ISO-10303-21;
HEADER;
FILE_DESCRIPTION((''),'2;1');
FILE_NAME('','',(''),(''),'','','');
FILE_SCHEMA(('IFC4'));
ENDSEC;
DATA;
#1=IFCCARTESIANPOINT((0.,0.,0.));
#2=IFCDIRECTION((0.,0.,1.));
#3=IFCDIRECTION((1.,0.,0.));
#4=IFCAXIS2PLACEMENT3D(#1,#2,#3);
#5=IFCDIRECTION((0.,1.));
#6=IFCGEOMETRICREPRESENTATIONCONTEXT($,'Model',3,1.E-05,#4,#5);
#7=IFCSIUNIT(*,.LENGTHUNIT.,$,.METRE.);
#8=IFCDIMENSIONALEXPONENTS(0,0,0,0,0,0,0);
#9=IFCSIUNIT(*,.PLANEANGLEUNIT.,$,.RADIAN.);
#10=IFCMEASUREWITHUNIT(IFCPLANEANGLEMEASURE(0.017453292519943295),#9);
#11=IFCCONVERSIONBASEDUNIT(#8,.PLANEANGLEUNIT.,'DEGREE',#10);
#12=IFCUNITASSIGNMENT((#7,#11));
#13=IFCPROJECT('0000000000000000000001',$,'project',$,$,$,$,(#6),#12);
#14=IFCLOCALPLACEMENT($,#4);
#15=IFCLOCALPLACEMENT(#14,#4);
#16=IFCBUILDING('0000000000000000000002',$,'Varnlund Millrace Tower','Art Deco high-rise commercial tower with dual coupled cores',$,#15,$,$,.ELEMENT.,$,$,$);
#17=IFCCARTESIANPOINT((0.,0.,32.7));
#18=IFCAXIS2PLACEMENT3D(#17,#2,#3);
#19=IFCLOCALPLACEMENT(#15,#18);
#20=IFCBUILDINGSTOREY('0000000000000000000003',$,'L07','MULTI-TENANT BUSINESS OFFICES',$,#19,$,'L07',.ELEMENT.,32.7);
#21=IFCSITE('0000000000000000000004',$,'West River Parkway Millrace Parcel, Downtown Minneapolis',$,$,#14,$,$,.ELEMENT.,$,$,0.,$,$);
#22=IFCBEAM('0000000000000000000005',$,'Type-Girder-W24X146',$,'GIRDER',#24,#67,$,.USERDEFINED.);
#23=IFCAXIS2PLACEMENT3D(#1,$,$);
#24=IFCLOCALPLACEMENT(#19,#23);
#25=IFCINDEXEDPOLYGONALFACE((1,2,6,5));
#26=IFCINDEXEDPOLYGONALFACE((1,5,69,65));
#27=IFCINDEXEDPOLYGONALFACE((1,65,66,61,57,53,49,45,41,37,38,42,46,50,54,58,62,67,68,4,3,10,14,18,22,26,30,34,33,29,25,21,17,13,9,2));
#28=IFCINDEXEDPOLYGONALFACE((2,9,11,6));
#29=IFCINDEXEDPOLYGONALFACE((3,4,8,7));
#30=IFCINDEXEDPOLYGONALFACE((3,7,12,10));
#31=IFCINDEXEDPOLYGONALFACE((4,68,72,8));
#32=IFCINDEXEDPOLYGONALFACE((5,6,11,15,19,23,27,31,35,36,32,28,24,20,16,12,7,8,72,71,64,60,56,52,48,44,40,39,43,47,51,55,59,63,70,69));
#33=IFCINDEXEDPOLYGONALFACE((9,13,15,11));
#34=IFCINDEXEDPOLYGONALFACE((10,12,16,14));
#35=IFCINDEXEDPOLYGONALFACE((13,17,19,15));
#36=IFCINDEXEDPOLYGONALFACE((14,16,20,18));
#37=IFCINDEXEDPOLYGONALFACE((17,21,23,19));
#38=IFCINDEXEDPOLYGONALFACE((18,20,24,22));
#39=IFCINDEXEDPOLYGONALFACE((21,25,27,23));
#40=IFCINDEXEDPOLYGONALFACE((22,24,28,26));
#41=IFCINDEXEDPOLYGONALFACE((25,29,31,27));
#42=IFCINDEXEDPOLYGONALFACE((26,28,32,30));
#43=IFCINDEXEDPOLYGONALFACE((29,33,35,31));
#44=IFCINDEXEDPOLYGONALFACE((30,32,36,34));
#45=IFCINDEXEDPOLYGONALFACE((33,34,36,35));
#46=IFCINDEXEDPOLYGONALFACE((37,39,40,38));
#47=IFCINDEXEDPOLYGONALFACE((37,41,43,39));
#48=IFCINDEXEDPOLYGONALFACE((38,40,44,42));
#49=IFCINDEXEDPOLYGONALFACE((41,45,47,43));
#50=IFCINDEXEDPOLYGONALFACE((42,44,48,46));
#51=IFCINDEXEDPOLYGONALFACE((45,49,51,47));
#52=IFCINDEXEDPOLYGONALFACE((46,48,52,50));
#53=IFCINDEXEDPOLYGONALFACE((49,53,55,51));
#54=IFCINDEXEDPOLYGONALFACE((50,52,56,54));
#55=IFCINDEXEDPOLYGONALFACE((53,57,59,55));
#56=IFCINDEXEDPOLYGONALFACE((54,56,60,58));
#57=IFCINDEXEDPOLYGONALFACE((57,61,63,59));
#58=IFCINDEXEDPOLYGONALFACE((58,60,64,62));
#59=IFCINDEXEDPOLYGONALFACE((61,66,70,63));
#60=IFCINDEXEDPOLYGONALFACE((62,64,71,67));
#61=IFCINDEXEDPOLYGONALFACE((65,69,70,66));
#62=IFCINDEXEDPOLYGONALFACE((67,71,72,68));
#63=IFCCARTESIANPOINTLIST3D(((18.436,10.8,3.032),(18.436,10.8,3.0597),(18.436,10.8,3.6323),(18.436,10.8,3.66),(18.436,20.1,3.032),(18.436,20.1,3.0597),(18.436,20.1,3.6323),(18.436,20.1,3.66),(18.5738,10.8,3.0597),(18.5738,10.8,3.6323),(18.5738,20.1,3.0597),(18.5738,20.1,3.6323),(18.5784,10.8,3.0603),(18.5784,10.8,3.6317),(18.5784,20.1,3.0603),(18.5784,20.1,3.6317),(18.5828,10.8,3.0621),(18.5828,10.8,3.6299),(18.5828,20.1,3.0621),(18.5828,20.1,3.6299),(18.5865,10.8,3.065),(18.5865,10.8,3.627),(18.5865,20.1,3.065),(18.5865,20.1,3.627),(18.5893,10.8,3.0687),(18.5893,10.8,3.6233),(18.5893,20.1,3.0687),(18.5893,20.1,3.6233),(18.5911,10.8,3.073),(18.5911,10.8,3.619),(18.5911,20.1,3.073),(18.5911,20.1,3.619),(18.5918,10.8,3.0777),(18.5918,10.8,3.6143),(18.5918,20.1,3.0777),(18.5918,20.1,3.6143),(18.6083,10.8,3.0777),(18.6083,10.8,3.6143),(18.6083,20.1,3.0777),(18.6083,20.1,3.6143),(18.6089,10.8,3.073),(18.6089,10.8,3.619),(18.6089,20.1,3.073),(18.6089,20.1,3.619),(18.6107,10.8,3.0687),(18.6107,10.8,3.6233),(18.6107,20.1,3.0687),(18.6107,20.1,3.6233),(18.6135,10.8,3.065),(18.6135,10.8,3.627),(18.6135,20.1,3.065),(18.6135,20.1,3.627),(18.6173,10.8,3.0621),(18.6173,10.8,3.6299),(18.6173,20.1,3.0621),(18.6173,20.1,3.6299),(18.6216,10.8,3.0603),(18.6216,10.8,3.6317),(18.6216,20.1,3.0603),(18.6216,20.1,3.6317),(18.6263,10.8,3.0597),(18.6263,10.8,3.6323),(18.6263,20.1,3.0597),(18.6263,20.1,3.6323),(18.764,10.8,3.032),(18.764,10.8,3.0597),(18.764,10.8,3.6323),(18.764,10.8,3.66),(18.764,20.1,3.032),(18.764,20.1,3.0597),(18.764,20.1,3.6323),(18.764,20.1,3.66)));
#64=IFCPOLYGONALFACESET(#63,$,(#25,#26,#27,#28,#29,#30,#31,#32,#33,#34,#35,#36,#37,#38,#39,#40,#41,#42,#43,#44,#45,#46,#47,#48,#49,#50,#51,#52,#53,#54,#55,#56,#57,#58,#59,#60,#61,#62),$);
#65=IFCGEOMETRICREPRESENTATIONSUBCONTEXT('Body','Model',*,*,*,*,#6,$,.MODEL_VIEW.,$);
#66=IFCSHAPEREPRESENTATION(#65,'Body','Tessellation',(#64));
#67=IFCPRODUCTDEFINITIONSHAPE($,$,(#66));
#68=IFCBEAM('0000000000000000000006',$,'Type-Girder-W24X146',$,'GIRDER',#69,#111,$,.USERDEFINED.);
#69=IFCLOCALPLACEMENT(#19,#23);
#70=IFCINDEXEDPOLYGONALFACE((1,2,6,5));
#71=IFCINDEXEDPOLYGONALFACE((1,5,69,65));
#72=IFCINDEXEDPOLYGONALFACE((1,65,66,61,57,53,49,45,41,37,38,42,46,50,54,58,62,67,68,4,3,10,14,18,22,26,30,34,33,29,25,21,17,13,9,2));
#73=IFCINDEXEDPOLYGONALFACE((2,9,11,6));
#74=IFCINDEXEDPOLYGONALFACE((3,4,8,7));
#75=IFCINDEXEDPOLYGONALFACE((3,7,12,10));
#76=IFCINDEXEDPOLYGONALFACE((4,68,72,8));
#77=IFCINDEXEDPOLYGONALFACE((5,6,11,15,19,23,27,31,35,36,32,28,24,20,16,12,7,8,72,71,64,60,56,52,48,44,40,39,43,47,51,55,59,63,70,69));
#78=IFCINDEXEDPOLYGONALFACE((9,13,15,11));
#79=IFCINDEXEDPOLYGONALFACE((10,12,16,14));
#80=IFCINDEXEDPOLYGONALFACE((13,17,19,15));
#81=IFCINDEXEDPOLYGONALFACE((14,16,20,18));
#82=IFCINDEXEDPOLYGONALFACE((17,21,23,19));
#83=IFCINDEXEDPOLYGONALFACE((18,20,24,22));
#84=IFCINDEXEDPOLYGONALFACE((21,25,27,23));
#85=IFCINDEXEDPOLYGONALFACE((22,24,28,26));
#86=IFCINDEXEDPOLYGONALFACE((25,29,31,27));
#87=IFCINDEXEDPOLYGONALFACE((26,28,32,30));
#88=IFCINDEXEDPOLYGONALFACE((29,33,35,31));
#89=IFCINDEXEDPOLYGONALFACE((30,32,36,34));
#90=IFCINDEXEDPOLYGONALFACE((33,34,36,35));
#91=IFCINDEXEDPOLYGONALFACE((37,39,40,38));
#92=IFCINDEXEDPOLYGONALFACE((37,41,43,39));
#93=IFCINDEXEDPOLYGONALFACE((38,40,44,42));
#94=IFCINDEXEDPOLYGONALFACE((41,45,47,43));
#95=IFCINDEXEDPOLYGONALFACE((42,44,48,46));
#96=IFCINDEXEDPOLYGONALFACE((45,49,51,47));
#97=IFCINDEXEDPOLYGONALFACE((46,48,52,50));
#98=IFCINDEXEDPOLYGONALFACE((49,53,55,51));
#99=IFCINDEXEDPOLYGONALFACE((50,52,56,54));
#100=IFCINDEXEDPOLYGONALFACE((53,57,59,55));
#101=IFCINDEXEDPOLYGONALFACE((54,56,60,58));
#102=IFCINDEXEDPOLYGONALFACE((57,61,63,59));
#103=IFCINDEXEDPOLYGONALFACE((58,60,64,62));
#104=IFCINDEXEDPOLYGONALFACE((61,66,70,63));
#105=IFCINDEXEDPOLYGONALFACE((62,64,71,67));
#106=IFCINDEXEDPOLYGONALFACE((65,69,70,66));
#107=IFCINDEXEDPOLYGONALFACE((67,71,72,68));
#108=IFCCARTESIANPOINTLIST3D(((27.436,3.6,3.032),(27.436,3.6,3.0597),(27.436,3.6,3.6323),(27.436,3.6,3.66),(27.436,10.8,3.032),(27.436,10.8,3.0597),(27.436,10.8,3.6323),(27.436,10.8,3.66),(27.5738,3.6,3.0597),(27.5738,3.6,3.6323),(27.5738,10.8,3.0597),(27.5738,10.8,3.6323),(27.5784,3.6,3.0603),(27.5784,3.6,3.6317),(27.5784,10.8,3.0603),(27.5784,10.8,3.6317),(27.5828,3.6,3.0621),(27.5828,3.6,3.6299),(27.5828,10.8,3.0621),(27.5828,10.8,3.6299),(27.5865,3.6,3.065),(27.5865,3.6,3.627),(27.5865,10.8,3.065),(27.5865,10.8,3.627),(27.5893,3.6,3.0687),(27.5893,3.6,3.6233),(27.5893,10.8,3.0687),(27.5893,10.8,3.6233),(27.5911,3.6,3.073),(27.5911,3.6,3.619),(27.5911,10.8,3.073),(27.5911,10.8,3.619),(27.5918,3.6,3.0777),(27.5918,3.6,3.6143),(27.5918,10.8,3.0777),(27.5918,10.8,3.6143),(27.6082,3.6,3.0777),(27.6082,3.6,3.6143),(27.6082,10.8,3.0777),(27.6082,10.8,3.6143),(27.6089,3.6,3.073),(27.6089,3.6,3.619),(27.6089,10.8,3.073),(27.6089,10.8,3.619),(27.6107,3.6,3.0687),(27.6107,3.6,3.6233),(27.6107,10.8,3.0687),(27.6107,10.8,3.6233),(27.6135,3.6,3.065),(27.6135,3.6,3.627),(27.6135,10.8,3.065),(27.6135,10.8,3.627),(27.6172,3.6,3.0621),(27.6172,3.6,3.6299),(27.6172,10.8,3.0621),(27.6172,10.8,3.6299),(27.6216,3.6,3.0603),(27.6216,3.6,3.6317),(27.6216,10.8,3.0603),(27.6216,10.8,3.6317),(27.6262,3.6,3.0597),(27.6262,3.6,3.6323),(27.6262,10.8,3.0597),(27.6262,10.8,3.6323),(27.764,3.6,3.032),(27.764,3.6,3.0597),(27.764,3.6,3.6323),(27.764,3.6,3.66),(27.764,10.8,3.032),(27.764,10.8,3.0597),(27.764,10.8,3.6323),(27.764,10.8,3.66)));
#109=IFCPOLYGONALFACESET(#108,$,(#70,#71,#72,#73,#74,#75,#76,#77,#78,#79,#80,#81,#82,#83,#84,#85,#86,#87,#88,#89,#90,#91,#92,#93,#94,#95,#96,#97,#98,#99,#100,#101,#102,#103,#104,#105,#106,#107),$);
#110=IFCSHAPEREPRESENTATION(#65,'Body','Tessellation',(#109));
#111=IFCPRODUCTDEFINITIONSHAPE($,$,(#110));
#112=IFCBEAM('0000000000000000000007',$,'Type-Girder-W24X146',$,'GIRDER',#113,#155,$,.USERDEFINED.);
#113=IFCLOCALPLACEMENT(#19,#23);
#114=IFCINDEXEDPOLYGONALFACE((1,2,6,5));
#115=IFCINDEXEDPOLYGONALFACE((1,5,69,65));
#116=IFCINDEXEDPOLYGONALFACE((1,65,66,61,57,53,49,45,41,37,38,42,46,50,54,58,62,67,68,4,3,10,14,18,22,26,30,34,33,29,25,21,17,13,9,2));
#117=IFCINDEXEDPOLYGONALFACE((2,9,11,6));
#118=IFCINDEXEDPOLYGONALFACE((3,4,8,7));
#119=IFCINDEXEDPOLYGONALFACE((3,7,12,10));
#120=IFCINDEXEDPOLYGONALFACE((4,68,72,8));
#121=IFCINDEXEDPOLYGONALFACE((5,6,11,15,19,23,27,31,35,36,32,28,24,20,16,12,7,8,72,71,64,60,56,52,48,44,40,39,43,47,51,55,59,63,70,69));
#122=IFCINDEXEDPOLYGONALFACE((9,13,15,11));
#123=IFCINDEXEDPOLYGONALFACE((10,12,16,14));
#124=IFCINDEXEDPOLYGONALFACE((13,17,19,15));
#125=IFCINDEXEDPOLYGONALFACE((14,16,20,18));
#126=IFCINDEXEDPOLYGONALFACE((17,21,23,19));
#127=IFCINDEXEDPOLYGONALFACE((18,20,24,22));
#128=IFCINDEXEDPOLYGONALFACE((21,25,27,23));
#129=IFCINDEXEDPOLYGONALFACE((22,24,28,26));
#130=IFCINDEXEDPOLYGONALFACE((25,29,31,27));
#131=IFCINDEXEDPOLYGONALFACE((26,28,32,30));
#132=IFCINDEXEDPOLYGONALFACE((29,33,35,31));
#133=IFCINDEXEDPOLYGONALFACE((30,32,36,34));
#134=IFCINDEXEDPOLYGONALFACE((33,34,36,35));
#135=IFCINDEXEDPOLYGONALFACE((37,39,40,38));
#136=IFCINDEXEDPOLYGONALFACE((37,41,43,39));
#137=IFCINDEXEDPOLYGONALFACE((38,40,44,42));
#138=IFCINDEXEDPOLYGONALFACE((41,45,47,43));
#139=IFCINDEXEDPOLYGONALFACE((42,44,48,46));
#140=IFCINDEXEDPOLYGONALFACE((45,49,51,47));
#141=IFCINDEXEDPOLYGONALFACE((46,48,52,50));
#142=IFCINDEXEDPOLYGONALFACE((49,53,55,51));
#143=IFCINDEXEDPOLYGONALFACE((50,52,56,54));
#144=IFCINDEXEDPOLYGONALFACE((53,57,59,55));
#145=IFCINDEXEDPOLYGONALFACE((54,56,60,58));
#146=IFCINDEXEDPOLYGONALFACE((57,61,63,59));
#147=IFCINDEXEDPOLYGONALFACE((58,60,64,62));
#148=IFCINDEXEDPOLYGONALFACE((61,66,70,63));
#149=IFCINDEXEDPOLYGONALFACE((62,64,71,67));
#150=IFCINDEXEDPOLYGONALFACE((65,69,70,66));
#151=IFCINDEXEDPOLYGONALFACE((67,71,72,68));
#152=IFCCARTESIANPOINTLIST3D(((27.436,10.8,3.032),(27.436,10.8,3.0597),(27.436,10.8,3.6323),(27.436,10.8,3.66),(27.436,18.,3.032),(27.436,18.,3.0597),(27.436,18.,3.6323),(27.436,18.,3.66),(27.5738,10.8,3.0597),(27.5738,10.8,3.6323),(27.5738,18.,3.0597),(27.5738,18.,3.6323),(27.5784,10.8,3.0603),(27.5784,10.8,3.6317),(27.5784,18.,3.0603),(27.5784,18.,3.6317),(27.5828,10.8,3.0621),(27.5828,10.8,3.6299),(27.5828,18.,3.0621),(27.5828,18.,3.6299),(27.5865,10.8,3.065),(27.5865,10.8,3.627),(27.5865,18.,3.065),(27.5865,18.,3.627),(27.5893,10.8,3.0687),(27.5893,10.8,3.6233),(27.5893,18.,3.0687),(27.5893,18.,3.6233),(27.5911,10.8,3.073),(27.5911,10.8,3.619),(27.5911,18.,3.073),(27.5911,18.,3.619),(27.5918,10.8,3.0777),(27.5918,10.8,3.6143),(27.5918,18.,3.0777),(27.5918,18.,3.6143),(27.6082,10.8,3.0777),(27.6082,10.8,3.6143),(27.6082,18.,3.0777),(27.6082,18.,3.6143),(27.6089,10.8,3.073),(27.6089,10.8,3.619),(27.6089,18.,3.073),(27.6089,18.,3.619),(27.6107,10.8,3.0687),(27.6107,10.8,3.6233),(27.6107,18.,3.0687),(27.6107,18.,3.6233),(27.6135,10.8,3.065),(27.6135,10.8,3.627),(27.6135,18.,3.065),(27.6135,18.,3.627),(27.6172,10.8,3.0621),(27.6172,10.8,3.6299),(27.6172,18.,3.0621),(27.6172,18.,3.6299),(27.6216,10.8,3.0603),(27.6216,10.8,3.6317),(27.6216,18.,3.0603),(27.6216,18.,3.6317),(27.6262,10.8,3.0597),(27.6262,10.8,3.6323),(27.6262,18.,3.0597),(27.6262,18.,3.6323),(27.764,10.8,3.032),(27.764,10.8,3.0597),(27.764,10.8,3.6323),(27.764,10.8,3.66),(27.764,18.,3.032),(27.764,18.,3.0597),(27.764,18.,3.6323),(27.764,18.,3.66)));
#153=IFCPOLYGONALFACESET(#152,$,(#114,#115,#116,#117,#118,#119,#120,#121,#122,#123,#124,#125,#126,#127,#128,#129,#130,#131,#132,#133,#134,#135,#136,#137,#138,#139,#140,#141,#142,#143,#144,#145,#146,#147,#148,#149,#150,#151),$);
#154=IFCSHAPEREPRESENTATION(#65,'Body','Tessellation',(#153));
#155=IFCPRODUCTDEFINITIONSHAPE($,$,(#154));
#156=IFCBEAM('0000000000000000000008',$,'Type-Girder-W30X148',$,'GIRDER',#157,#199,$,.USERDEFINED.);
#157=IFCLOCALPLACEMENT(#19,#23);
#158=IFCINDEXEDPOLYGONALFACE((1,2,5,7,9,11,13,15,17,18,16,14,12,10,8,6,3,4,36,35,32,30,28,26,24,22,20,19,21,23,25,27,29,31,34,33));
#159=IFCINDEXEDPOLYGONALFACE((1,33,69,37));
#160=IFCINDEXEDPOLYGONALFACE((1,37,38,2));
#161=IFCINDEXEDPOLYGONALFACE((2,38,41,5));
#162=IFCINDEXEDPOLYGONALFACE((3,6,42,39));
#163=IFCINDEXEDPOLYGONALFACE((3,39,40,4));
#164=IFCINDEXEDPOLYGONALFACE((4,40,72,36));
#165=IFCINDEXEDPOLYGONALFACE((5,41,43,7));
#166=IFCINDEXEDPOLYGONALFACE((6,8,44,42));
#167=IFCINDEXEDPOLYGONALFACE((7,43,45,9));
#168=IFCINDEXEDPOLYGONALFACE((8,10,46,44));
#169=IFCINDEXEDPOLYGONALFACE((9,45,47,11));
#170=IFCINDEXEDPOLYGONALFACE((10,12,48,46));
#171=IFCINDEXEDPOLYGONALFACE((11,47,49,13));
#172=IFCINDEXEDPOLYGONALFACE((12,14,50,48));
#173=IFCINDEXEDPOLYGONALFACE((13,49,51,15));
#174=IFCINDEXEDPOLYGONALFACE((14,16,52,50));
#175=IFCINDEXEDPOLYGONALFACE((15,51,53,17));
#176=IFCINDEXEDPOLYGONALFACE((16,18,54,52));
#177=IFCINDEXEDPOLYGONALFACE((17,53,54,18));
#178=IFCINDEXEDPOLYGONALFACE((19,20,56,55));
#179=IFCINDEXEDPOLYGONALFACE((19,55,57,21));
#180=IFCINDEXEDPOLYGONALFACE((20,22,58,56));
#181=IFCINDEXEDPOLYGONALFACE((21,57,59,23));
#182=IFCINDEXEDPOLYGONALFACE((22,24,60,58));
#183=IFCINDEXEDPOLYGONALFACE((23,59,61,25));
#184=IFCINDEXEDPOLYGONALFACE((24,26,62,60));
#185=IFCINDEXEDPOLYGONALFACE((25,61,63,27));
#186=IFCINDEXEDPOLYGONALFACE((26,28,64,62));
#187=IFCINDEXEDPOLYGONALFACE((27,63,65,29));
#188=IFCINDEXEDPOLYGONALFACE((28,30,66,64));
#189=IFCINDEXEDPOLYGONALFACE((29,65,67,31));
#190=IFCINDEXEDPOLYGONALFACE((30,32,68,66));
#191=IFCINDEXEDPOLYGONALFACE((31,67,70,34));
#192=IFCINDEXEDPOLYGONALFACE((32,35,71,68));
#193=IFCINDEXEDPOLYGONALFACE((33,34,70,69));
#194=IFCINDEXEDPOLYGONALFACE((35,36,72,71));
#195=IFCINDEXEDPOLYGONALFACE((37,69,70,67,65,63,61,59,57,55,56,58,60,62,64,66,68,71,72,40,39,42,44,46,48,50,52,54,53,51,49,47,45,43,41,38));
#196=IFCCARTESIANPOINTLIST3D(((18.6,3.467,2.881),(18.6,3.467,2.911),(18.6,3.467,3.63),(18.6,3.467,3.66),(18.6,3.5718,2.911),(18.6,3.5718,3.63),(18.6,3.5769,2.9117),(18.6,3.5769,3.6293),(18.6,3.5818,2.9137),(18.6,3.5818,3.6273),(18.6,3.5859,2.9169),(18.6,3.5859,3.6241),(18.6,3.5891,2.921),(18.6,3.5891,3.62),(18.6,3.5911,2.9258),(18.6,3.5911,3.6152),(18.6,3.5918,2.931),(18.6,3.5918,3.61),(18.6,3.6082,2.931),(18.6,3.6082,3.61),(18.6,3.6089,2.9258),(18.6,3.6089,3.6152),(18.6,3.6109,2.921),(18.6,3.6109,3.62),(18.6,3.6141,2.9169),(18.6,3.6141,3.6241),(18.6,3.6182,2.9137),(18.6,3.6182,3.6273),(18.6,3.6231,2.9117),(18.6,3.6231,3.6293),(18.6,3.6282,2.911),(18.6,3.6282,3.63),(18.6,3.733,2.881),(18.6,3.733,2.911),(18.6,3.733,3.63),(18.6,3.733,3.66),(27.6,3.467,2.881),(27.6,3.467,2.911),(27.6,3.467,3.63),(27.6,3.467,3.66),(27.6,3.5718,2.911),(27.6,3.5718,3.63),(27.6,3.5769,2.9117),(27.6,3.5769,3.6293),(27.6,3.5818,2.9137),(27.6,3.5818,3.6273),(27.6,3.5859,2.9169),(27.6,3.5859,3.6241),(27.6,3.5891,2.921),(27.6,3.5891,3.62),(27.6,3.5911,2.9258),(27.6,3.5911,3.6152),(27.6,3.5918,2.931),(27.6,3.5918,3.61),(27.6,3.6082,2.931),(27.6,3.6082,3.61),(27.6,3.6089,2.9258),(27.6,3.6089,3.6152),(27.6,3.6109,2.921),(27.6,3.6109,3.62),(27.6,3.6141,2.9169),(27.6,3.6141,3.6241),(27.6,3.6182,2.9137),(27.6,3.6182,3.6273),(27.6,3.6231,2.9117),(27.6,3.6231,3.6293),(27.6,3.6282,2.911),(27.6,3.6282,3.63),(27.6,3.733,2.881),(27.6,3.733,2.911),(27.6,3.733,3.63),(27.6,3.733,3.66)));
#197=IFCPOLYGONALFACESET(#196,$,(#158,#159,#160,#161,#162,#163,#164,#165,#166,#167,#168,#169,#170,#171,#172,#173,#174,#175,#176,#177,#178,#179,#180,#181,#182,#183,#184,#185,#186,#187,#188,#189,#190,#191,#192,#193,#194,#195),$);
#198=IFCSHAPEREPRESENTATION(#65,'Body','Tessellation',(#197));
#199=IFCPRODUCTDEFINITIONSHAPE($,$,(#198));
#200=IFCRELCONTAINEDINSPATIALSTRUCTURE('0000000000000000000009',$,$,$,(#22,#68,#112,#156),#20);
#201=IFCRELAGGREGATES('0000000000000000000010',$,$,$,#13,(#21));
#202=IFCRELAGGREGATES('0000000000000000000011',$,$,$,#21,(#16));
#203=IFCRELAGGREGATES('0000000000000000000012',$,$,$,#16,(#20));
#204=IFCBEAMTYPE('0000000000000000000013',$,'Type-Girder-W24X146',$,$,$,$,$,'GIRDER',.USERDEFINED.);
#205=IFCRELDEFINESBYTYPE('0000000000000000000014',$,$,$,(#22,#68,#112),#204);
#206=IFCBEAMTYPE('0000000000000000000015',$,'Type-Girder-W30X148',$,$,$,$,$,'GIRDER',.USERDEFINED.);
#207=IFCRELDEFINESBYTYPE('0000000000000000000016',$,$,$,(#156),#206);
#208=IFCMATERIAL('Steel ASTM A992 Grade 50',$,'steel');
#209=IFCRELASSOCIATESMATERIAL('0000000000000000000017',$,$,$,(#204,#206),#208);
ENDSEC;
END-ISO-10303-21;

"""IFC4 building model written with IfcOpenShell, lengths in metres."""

from ifc_helpers import new_model, entity, si_unit, converted_unit, direction, frame, origin_with_axes, origin_2d_with_axis, place, context, subcontext, project, spatial, i_section, extrude, material, material_profile, profile_set, type_object, element, save


model = new_model("IFC4")

# Units and contexts
model_context = context("Model", 3, precision=1e-05, world=origin_with_axes(), true_north=direction((0.0, 1.0)))
body_context = subcontext(model_context, "Body", "Model", "MODEL_VIEW")
ifc_project = project(units=[si_unit("LENGTHUNIT", "METRE"), converted_unit("PLANEANGLEUNIT", "DEGREE", entity("IfcPlaneAngleMeasure", 0.017453292519943295), si_unit("PLANEANGLEUNIT", "RADIAN"), dimensions=[0, 0, 0, 0, 0, 0, 0])], contexts=[model_context])

# Site, building, storey
site_placement = place(None, origin_with_axes())
site = spatial("IfcSite", under=ifc_project, at=site_placement, Name="West River Parkway Millrace Parcel, Downtown Minneapolis", CompositionType="ELEMENT", RefElevation=0.0)
building_placement = place(site_placement, origin_with_axes())
building = spatial("IfcBuilding", under=site, at=building_placement, Name="Varnlund Millrace Tower", Description="Art Deco high-rise commercial tower with dual coupled cores", CompositionType="ELEMENT")
storey_placement = place(building_placement, frame((0.0, 0.0, 32.7), z_axis=(0.0, 0.0, 1.0), x_axis=(1.0, 0.0, 0.0)))
storey = spatial("IfcBuildingStorey", under=building, at=storey_placement, Name="L07", Description="MULTI-TENANT BUSINESS OFFICES", LongName="L07", CompositionType="ELEMENT", Elevation=32.7)

# Beams
ifc_material_1 = material(Name="Steel ASTM A992 Grade 50", Category="steel")
ifc_material_profile_1 = material_profile(ifc_material_1, i_section(OverallWidth=0.328, OverallDepth=0.628, WebThickness=0.0165, FlangeThickness=0.0277, FilletRadius=0.018, at=origin_2d_with_axis()), Name="Steel ASTM A992 Grade 50")
ifc_profile_set_1 = profile_set([ifc_material_profile_1], Name="Steel ASTM A992 Grade 50")
beam_type_1 = type_object("IfcBeamType", Name="Type-Girder-W24X146", ElementType="GIRDER", PredefinedType="USERDEFINED", material=ifc_profile_set_1)
beam_1_placement = place(storey_placement, frame((18.6, 10.8, 3.346), z_axis=(0.0, 1.0, 0.0), x_axis=(-1.0, 0.0, 0.0)))
element("IfcBeam", 1, at=beam_1_placement, inside=storey, type_object=beam_type_1, Name="Type-Girder-W24X146", ObjectType="GIRDER", PredefinedType="USERDEFINED", context=body_context, shape_type="SweptSolid", body=[
    extrude(i_section(OverallWidth=0.328, OverallDepth=0.628, WebThickness=0.0165, FlangeThickness=0.0277, FilletRadius=0.018, at=origin_2d_with_axis()), origin_with_axes(), (0.0, 0.0, 1.0), 9.3),
])
for number, where, z_axis, x_axis, name in (
    (2, (27.6, 3.6, 3.346), (0.0, 1.0, 0.0), (-1.0, 0.0, 0.0), "Type-Girder-W24X146"),
    (3, (27.6, 10.8, 3.346), (0.0, 1.0, 0.0), (-1.0, 0.0, 0.0), "Type-Girder-W24X146"),
):
    element("IfcBeam", number, at=place(storey_placement, frame(where, z_axis=z_axis, x_axis=x_axis)), inside=storey, type_object=beam_type_1, Name=name, ObjectType="GIRDER", PredefinedType="USERDEFINED", context=body_context, shape_type="SweptSolid", body=[
        extrude(i_section(OverallWidth=0.328, OverallDepth=0.628, WebThickness=0.0165, FlangeThickness=0.0277, FilletRadius=0.018, at=origin_2d_with_axis()), origin_with_axes(), (0.0, 0.0, 1.0), 7.2),
    ])
ifc_material_profile_2 = material_profile(ifc_material_1, i_section(OverallWidth=0.266, OverallDepth=0.779, WebThickness=0.0165, FlangeThickness=0.03, FilletRadius=0.02, at=origin_2d_with_axis()), Name="Steel ASTM A992 Grade 50")
ifc_profile_set_2 = profile_set([ifc_material_profile_2], Name="Steel ASTM A992 Grade 50")
beam_type_2 = type_object("IfcBeamType", Name="Type-Girder-W30X148", ElementType="GIRDER", PredefinedType="USERDEFINED", material=ifc_profile_set_2)
beam_2_placement = place(storey_placement, frame((18.6, 3.6, 3.2705), z_axis=(1.0, 0.0, 0.0), x_axis=(0.0, 1.0, 0.0)))
element("IfcBeam", 4, at=beam_2_placement, inside=storey, type_object=beam_type_2, Name="Type-Girder-W30X148", ObjectType="GIRDER", PredefinedType="USERDEFINED", context=body_context, shape_type="SweptSolid", body=[
    extrude(i_section(OverallWidth=0.266, OverallDepth=0.779, WebThickness=0.0165, FlangeThickness=0.03, FilletRadius=0.02, at=origin_2d_with_axis()), origin_with_axes(), (0.0, 0.0, 1.0), 9.0),
])

save(model, "model.ifc")
